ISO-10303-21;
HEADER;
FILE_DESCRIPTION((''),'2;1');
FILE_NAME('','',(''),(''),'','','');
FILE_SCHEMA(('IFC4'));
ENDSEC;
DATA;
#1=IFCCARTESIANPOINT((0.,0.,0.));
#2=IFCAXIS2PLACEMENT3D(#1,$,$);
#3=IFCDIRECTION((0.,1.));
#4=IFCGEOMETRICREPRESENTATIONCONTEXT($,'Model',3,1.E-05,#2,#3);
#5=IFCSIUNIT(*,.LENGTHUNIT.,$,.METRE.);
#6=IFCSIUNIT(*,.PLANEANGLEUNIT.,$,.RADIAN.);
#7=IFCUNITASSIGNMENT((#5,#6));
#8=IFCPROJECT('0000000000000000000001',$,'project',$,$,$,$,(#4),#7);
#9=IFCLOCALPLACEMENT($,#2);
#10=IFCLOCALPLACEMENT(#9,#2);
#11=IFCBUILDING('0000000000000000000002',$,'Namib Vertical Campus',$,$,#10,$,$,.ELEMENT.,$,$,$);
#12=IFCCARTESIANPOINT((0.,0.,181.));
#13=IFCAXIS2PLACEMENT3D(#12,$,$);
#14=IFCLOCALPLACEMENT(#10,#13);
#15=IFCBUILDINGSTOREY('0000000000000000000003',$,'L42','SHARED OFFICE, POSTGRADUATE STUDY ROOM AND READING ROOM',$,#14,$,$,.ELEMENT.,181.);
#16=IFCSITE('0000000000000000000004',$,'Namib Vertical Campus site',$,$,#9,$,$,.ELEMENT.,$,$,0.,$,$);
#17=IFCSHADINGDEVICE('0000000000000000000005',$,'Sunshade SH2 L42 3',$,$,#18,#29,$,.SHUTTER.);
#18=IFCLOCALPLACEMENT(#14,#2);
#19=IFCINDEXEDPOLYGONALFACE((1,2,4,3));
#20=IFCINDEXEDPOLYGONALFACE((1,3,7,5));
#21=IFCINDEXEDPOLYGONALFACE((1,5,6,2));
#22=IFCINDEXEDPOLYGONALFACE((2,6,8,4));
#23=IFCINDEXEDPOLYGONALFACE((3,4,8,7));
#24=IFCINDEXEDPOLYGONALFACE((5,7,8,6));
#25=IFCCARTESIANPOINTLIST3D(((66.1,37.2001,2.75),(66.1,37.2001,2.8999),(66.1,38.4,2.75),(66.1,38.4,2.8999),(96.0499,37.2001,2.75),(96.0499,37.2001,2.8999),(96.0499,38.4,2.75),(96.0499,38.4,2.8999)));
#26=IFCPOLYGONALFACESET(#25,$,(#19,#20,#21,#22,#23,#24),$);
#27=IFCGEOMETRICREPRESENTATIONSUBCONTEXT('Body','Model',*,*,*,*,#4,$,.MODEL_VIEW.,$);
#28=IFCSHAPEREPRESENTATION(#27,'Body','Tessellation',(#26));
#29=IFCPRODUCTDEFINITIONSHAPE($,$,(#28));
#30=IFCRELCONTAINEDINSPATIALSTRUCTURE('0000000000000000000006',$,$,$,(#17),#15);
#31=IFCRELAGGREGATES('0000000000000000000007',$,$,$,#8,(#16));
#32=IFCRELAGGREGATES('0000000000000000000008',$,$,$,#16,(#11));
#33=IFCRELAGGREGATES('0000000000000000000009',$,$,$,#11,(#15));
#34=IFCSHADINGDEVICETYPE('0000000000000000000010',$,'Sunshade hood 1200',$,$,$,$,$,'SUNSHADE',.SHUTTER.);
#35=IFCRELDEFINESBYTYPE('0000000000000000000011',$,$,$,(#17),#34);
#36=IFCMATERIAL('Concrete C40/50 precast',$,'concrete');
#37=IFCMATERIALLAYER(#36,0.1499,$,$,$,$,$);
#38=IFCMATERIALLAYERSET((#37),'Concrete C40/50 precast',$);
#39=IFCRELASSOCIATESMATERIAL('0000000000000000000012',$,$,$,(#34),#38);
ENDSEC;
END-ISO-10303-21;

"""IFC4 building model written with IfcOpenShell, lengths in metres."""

from ifc_helpers import new_model, si_unit, direction, frame, origin, origin_2d, place, context, subcontext, project, spatial, rectangle, extrude, material, layer, layer_set, type_object, element, save


model = new_model("IFC4")

# Units and contexts
model_context = context("Model", 3, precision=1e-05, world=origin(), true_north=direction((0.0, 1.0)))
body_context = subcontext(model_context, "Body", "Model", "MODEL_VIEW")
ifc_project = project(units=[si_unit("LENGTHUNIT", "METRE"), si_unit("PLANEANGLEUNIT", "RADIAN")], contexts=[model_context])

# Site, building, storey
site_placement = place(None, origin())
site = spatial("IfcSite", under=ifc_project, at=site_placement, Name="Namib Vertical Campus site", CompositionType="ELEMENT", RefElevation=0.0)
building_placement = place(site_placement, origin())
building = spatial("IfcBuilding", under=site, at=building_placement, Name="Namib Vertical Campus", CompositionType="ELEMENT")
storey_placement = place(building_placement, frame((0.0, 0.0, 181.0)))
storey = spatial("IfcBuildingStorey", under=building, at=storey_placement, Name="L42", Description="SHARED OFFICE, POSTGRADUATE STUDY ROOM AND READING ROOM", CompositionType="ELEMENT", Elevation=181.0)

# Shading device
ifc_material_1 = material(Name="Concrete C40/50 precast", Category="concrete")
ifc_layer_1 = layer(ifc_material_1, 0.1499)
ifc_layer_set_1 = layer_set([ifc_layer_1], Name="Concrete C40/50 precast")
shading_device_type = type_object("IfcShadingDeviceType", Name="Sunshade hood 1200", ElementType="SUNSHADE", PredefinedType="SHUTTER", material=ifc_layer_set_1)
shading_device_placement = place(storey_placement, frame((81.075, 37.8, 2.75), z_axis=(0.0, 0.0, 1.0), x_axis=(-1.0, 0.0, 0.0)))
element("IfcShadingDevice", 1, at=shading_device_placement, inside=storey, type_object=shading_device_type, Name="Sunshade SH2 L42 3", PredefinedType="SHUTTER", context=body_context, shape_type="SweptSolid", body=[
    extrude(rectangle(XDim=29.95, YDim=1.2, at=origin_2d()), origin(), (0.0, 0.0, 1.0), 0.1499),
])

save(model, "model.ifc")
